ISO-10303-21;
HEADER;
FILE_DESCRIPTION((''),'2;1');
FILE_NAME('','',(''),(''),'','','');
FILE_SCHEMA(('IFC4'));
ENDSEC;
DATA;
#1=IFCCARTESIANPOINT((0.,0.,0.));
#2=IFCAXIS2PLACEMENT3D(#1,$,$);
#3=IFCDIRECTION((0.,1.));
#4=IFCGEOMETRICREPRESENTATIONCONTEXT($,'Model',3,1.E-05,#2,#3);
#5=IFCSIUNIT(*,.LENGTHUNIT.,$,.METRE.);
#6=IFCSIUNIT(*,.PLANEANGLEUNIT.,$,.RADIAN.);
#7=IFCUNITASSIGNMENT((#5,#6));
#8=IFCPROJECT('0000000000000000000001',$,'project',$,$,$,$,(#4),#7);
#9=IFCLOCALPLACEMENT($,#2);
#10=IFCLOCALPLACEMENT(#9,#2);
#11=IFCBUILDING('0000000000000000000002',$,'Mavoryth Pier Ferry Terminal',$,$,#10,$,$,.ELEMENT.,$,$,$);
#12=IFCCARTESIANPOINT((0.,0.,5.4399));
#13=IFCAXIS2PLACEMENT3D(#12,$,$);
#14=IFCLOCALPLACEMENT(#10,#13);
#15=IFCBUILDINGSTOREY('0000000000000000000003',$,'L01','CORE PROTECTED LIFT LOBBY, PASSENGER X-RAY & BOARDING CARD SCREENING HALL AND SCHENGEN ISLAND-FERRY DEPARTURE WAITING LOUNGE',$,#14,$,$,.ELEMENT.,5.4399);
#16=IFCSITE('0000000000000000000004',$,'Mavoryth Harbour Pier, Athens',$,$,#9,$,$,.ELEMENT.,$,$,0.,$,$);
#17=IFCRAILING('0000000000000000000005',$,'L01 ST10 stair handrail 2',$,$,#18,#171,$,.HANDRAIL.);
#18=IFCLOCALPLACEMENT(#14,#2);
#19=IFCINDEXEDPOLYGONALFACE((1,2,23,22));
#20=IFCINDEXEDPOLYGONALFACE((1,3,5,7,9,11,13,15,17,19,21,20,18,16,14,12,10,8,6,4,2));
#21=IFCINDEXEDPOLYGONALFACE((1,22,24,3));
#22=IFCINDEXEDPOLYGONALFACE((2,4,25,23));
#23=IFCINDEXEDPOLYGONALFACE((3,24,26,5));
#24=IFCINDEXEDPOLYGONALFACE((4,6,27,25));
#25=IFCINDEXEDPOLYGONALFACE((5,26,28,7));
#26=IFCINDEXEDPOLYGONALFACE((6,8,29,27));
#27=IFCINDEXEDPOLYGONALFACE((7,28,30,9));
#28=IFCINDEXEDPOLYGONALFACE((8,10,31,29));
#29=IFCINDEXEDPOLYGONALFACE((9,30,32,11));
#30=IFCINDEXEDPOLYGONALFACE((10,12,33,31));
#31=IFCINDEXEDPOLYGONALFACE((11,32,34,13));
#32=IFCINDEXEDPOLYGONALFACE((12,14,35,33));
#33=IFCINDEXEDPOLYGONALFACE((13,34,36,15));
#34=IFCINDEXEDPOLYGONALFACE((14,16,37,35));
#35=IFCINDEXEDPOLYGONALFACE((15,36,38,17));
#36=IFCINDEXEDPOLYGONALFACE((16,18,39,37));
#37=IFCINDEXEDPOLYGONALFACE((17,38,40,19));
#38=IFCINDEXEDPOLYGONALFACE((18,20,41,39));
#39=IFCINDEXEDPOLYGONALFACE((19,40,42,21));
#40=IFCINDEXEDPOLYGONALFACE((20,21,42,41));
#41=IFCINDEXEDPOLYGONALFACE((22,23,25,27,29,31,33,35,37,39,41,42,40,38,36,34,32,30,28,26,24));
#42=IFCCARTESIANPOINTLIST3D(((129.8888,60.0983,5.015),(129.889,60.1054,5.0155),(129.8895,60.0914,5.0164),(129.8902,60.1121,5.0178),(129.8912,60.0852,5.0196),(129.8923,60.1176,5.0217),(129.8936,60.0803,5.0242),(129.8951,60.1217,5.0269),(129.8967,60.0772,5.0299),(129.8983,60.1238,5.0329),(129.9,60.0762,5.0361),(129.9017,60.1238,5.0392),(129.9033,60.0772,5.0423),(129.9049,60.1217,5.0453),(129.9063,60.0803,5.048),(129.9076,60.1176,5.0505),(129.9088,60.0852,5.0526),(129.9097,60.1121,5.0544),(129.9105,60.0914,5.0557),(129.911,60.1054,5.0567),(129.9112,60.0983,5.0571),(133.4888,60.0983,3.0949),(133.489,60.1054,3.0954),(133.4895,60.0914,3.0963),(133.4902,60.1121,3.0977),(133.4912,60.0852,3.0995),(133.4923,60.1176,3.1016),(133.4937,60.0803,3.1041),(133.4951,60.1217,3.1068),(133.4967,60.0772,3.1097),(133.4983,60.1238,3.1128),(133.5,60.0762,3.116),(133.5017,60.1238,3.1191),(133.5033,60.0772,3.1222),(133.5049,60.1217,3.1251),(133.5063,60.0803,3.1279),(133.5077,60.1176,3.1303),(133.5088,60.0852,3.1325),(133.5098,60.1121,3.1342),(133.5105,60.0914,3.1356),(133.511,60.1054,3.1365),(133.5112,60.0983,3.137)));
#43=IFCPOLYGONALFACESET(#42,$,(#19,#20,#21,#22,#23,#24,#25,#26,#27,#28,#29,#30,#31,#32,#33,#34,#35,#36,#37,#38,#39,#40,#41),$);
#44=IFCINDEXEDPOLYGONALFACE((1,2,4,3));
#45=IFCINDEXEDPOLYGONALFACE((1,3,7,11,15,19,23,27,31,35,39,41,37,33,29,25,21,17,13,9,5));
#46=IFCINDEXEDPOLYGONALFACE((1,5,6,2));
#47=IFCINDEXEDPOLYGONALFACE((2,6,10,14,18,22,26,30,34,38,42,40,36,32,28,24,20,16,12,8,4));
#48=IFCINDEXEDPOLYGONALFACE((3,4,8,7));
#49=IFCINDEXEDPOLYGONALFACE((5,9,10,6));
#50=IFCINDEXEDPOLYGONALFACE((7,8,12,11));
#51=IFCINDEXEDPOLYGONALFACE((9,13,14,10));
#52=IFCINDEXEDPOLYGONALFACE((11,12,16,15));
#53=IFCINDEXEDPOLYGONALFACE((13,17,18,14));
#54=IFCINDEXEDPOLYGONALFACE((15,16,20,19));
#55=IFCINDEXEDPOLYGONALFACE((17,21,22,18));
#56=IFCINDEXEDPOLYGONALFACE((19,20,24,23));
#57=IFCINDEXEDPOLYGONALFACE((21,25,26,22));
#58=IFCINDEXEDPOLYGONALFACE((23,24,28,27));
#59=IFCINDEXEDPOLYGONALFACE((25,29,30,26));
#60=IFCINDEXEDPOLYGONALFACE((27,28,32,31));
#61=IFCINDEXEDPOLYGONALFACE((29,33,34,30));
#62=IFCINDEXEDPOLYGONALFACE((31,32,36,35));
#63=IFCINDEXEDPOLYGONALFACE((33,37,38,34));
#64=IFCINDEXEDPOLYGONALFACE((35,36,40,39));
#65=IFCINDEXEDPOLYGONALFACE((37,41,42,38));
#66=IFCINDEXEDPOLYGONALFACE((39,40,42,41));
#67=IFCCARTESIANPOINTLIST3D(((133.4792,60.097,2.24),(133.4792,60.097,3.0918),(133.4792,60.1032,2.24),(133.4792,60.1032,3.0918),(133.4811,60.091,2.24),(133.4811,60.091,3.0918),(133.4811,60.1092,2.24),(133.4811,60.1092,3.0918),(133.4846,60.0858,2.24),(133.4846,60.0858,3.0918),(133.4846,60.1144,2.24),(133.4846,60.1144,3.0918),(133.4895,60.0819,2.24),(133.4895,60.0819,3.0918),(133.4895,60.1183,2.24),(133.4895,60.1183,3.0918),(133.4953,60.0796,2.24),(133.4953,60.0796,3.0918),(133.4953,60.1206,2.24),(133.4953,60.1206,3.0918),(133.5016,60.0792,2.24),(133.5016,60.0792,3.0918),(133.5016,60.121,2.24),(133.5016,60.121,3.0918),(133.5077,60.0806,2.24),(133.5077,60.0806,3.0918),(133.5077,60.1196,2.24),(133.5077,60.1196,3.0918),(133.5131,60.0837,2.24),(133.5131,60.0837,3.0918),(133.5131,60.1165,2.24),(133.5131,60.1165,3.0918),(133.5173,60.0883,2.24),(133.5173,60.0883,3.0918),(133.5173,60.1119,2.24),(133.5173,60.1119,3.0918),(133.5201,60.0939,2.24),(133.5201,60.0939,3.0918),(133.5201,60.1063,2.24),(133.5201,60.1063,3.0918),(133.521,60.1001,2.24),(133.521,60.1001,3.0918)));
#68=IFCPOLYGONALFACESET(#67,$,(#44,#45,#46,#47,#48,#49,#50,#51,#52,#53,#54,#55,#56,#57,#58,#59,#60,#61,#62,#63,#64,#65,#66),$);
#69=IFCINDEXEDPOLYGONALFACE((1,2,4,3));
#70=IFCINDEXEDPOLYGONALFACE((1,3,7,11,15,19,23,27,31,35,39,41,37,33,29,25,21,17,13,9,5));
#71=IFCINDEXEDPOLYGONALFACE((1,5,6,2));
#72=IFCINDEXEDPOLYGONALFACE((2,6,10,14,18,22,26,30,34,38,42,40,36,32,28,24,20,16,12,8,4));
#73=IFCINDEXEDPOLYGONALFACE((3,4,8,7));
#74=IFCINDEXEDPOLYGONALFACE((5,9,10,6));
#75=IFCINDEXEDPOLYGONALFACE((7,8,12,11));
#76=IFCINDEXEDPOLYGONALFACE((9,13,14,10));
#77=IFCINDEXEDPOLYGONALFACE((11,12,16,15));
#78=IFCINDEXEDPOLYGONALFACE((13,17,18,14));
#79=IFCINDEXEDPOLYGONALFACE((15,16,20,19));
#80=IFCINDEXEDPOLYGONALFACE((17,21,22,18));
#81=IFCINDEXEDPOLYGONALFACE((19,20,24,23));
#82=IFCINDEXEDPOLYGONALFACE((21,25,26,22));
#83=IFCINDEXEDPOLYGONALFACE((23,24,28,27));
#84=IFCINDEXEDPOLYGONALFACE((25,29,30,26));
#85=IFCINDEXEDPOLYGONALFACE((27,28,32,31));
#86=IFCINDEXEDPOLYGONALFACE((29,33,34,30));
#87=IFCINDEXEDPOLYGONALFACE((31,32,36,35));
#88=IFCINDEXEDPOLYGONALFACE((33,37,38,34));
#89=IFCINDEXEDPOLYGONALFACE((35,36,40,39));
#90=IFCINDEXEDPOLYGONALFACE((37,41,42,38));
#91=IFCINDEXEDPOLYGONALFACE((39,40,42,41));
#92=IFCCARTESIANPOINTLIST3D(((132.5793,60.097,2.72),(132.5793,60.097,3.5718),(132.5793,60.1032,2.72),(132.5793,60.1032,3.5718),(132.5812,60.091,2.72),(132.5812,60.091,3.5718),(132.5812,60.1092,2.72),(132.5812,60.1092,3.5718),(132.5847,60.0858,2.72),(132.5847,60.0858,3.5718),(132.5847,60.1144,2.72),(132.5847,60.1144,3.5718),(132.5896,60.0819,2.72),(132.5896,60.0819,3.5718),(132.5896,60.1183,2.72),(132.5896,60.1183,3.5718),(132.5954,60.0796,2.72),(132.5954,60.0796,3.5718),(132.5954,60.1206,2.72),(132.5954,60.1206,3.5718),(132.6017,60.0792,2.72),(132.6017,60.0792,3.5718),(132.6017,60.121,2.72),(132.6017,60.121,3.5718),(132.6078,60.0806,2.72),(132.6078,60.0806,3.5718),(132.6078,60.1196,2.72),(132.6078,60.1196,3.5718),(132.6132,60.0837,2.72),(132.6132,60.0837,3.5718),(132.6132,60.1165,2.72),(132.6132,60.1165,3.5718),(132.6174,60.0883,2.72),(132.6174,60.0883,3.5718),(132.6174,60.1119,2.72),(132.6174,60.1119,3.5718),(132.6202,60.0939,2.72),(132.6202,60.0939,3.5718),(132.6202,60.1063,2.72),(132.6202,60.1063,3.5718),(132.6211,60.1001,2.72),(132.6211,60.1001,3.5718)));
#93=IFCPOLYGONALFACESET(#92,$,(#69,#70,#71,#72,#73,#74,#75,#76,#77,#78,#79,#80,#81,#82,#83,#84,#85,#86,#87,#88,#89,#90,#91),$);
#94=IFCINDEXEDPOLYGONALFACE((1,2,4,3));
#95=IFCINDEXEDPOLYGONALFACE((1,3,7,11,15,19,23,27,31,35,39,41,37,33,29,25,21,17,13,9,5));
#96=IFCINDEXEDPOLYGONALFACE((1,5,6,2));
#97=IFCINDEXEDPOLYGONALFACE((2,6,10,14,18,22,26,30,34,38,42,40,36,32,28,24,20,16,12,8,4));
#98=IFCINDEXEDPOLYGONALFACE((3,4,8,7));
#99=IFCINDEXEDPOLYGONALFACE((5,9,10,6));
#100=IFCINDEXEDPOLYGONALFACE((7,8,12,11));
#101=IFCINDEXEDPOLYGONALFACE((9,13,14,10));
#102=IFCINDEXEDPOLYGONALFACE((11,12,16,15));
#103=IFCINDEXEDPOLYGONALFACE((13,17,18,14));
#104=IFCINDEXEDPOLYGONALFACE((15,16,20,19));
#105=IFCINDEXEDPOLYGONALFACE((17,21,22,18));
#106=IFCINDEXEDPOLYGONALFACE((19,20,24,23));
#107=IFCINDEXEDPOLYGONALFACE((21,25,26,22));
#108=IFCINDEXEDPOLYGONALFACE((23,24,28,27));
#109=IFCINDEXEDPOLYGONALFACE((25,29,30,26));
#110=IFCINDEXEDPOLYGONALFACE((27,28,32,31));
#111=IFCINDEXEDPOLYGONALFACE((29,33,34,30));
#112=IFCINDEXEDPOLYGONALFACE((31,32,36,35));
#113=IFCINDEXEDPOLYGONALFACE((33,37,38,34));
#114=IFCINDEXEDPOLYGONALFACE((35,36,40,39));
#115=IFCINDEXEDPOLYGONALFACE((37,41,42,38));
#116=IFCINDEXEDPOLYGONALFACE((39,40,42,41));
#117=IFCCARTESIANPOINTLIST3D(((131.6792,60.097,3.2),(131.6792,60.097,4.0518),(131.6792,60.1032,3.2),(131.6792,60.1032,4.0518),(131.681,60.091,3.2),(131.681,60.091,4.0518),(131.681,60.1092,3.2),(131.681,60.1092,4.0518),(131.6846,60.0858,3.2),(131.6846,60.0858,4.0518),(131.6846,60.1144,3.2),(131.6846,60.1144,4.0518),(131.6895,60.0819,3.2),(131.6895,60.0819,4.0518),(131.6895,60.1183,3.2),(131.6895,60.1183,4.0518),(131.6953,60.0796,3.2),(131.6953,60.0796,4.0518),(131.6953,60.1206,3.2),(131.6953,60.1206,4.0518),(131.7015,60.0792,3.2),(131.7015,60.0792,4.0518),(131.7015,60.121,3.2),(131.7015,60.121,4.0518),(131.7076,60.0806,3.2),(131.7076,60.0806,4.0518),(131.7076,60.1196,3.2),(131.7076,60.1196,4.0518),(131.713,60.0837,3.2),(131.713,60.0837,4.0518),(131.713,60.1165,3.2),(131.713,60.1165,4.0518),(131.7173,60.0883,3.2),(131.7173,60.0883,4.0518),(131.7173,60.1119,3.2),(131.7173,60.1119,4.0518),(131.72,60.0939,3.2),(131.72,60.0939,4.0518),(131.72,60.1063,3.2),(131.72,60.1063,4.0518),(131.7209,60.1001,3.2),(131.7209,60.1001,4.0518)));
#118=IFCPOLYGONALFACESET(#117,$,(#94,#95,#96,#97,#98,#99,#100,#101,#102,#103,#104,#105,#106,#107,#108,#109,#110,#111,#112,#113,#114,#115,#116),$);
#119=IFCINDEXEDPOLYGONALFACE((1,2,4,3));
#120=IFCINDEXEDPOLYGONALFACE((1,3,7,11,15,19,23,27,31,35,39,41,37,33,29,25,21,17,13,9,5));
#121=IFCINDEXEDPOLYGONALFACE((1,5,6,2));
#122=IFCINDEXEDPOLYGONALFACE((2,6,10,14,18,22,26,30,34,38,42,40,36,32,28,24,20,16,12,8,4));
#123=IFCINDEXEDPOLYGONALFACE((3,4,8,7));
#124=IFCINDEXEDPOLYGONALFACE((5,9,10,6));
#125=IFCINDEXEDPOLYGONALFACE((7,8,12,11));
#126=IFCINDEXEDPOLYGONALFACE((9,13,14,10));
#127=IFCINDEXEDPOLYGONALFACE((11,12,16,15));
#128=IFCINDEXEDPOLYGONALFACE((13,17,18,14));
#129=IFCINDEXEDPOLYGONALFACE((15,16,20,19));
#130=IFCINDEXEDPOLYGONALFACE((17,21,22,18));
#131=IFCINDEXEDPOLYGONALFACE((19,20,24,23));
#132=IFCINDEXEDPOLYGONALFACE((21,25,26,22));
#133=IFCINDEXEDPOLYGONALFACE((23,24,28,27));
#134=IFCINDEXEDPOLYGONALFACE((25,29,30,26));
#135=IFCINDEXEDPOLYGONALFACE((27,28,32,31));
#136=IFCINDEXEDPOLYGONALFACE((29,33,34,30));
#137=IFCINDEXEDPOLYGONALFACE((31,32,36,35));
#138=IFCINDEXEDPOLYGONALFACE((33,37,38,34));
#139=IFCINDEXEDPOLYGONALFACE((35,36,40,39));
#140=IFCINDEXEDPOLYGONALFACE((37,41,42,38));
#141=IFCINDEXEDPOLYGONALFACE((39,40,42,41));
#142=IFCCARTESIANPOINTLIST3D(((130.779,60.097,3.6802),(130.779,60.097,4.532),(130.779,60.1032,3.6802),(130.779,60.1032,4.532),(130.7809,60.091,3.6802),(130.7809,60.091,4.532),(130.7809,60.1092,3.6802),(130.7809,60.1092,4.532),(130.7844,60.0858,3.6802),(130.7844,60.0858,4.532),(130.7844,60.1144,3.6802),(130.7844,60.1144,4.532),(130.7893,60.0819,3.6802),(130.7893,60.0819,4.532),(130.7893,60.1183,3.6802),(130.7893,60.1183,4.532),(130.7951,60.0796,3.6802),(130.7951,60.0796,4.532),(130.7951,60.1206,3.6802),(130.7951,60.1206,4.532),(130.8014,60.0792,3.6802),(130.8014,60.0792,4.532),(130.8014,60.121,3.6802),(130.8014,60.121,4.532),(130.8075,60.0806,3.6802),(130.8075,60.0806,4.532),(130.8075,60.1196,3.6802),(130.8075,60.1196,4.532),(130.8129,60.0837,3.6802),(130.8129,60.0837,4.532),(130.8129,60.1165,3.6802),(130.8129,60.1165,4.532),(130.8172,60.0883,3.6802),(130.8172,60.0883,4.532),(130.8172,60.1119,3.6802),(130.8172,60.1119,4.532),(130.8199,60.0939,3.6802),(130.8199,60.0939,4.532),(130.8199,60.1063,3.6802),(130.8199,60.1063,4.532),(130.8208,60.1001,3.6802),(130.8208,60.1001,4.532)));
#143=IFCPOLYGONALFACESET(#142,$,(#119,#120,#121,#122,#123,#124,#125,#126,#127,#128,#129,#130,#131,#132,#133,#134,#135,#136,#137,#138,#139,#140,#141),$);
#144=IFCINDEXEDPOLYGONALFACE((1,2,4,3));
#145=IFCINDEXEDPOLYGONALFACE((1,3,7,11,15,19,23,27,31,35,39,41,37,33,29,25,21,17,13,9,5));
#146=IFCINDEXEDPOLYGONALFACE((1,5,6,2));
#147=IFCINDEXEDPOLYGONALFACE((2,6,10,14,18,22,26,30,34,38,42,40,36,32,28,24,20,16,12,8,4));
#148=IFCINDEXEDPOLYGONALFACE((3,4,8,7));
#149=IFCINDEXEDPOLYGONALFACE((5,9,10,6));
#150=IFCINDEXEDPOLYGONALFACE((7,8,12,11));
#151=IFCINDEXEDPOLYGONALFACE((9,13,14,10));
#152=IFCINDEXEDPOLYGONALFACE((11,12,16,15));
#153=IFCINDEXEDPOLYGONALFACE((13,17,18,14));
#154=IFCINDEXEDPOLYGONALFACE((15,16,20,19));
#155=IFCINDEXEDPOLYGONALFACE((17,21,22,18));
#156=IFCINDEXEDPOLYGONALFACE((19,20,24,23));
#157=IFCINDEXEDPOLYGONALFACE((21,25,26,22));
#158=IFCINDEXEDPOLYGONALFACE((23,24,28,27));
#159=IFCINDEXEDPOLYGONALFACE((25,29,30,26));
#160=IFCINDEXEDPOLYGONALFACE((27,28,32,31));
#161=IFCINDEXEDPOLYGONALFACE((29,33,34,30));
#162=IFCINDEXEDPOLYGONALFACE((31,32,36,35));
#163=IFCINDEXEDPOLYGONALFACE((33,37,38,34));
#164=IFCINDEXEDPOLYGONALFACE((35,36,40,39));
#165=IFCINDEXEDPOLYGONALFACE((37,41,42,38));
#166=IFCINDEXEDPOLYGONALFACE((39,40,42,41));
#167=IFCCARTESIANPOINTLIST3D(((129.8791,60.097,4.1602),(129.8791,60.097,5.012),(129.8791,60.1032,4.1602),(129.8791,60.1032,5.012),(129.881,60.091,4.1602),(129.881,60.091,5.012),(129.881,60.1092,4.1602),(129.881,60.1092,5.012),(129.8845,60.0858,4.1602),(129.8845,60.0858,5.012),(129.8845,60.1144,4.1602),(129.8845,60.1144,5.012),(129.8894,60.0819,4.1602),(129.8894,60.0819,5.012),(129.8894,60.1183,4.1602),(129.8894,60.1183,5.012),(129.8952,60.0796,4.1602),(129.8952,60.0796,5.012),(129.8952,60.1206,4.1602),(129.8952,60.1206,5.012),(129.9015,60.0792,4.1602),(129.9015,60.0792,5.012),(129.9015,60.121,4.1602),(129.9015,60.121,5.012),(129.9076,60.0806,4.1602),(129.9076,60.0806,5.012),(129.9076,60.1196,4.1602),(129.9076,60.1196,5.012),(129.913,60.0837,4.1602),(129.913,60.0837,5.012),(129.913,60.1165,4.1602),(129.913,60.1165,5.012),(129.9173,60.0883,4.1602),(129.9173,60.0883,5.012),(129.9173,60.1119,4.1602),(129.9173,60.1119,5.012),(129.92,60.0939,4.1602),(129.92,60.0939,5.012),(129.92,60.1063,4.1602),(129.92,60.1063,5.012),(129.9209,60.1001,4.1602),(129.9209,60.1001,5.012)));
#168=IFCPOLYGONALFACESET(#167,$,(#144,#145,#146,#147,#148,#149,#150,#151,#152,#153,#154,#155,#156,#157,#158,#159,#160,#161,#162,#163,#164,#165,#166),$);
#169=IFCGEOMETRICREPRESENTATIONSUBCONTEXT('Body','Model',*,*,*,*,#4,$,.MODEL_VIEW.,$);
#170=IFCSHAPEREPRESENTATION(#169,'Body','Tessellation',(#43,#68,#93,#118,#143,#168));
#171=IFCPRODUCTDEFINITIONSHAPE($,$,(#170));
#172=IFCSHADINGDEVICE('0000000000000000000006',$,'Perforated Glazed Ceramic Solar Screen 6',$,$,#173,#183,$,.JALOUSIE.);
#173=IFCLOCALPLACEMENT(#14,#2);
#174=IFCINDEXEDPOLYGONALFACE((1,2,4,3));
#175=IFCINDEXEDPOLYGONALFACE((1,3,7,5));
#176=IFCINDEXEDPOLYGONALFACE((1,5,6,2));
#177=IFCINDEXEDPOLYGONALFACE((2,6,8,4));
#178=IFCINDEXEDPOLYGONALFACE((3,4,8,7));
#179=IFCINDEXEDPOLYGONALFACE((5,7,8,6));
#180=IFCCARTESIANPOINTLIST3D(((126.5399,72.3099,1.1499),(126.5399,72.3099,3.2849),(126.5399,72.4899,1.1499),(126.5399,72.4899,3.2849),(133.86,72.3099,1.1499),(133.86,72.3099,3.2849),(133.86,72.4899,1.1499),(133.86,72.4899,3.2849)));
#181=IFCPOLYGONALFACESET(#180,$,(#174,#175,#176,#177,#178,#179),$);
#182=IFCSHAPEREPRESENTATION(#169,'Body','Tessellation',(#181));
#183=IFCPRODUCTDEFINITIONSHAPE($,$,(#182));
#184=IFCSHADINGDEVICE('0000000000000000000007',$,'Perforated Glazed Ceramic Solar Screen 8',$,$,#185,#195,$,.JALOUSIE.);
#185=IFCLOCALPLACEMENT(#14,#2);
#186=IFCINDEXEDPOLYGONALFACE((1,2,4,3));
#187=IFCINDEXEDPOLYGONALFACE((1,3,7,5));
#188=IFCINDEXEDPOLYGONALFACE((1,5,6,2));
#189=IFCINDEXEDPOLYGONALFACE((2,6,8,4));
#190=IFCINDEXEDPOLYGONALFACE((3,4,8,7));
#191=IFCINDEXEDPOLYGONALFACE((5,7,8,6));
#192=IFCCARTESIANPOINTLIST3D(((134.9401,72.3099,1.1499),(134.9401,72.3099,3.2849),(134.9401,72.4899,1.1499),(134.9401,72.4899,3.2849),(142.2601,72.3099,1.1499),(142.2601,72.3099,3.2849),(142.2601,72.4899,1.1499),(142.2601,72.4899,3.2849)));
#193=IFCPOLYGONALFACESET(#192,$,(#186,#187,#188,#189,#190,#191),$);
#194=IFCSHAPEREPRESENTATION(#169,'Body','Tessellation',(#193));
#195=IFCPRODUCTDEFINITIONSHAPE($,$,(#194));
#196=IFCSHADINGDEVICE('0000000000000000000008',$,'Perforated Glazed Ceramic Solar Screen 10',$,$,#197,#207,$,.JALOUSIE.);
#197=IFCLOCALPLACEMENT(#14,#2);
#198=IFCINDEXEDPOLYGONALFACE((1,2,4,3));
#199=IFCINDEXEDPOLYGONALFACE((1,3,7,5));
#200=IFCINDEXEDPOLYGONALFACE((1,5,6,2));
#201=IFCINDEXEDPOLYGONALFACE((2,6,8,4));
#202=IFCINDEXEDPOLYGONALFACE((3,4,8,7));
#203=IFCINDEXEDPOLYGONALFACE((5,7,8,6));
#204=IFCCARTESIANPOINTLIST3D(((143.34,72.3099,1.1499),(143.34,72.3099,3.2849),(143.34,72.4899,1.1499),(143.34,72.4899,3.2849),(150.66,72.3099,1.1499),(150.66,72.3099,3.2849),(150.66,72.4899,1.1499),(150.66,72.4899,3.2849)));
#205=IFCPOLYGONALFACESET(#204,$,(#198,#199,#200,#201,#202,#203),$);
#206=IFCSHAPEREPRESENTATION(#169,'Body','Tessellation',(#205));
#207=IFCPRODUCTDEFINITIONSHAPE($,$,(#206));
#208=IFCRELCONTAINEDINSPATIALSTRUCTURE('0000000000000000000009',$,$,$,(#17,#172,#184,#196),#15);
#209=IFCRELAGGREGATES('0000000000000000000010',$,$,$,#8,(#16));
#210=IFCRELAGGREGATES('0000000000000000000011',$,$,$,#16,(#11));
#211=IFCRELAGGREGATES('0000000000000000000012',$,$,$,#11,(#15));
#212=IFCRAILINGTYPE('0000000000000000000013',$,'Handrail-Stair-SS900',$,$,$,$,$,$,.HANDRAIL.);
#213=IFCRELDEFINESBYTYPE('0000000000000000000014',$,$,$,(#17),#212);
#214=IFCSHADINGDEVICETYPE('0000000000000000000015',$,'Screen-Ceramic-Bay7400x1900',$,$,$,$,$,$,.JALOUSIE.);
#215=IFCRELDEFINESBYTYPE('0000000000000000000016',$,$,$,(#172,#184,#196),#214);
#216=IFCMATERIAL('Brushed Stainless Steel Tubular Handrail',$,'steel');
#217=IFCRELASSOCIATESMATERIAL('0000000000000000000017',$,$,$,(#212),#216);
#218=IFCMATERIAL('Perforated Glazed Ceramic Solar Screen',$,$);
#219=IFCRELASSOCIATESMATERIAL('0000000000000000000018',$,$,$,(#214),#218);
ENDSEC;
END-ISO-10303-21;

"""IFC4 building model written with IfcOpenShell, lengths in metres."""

from ifc_helpers import new_model, si_unit, direction, frame, origin, origin_2d, place, context, subcontext, project, spatial, rectangle, circle, extrude, material, type_object, element, save


model = new_model("IFC4")

# Units and contexts
model_context = context("Model", 3, precision=1e-05, world=origin(), true_north=direction((0.0, 1.0)))
body_context = subcontext(model_context, "Body", "Model", "MODEL_VIEW")
ifc_project = project(units=[si_unit("LENGTHUNIT", "METRE"), si_unit("PLANEANGLEUNIT", "RADIAN")], contexts=[model_context])

# Site, building, storey
site_placement = place(None, origin())
site = spatial("IfcSite", under=ifc_project, at=site_placement, Name="Mavoryth Harbour Pier, Athens", CompositionType="ELEMENT", RefElevation=0.0)
building_placement = place(site_placement, origin())
building = spatial("IfcBuilding", under=site, at=building_placement, Name="Mavoryth Pier Ferry Terminal", CompositionType="ELEMENT")
storey_placement = place(building_placement, frame((0.0, 0.0, 5.4399)))
storey = spatial("IfcBuildingStorey", under=building, at=storey_placement, Name="L01", Description="CORE PROTECTED LIFT LOBBY, PASSENGER X-RAY & BOARDING CARD SCREENING HALL AND SCHENGEN ISLAND-FERRY DEPARTURE WAITING LOUNGE", CompositionType="ELEMENT", Elevation=5.4399)

# Railing
ifc_material_1 = material(Name="Brushed Stainless Steel Tubular Handrail", Category="steel")
railing_type_1 = type_object("IfcRailingType", Name="Handrail-Stair-SS900", PredefinedType="HANDRAIL", material=ifc_material_1)
railing_1_placement = place(storey_placement, frame((133.5, 60.1001, 2.24)))
element("IfcRailing", 1, at=railing_1_placement, inside=storey, type_object=railing_type_1, Name="L01 ST10 stair handrail 2", PredefinedType="HANDRAIL", context=body_context, shape_type="SweptSolid", body=[
    extrude(circle(Radius=0.0239, at=origin_2d()), frame((0.0, 0.0, 0.876), z_axis=(-0.882341, 0.0, 0.47061), x_axis=(0.0, -1.0, 0.0)), (0.0, 0.0, 1.0), 4.0801),
    extrude(circle(Radius=0.021, at=origin_2d()), origin(), (0.0, 0.0, 1.0), 0.8518),
    extrude(circle(Radius=0.021, at=origin_2d()), frame((-0.8999, 0.0, 0.48)), (0.0, 0.0, 1.0), 0.8518),
    extrude(circle(Radius=0.021, at=origin_2d()), frame((-1.8, 0.0, 0.96)), (0.0, 0.0, 1.0), 0.8518),
    extrude(circle(Radius=0.021, at=origin_2d()), frame((-2.7002, 0.0, 1.4402)), (0.0, 0.0, 1.0), 0.8518),
    extrude(circle(Radius=0.021, at=origin_2d()), frame((-3.6001, 0.0, 1.9202)), (0.0, 0.0, 1.0), 0.8518),
])

# Shading devices
ifc_material_2 = material(Name="Perforated Glazed Ceramic Solar Screen")
shading_device_type = type_object("IfcShadingDeviceType", Name="Screen-Ceramic-Bay7400x1900", PredefinedType="JALOUSIE", material=ifc_material_2)
for number, where, z_axis, x_axis, name in (
    (2, (130.2, 72.3999, 1.1499), (0.0, 0.0, 1.0), (1.0, 0.0, 0.0), "Perforated Glazed Ceramic Solar Screen 6"),
    (3, (138.6001, 72.3999, 1.1499), (0.0, 0.0, 1.0), (1.0, 0.0, 0.0), "Perforated Glazed Ceramic Solar Screen 8"),
    (4, (147.0, 72.3999, 1.1499), (0.0, 0.0, 1.0), (1.0, 0.0, 0.0), "Perforated Glazed Ceramic Solar Screen 10"),
):
    element("IfcShadingDevice", number, at=place(storey_placement, frame(where, z_axis=z_axis, x_axis=x_axis)), inside=storey, type_object=shading_device_type, Name=name, PredefinedType="JALOUSIE", context=body_context, shape_type="SweptSolid", body=[
        extrude(rectangle(XDim=7.3201, YDim=0.1799, at=origin_2d()), origin(), (0.0, 0.0, 1.0), 2.135),
    ])

save(model, "model.ifc")
